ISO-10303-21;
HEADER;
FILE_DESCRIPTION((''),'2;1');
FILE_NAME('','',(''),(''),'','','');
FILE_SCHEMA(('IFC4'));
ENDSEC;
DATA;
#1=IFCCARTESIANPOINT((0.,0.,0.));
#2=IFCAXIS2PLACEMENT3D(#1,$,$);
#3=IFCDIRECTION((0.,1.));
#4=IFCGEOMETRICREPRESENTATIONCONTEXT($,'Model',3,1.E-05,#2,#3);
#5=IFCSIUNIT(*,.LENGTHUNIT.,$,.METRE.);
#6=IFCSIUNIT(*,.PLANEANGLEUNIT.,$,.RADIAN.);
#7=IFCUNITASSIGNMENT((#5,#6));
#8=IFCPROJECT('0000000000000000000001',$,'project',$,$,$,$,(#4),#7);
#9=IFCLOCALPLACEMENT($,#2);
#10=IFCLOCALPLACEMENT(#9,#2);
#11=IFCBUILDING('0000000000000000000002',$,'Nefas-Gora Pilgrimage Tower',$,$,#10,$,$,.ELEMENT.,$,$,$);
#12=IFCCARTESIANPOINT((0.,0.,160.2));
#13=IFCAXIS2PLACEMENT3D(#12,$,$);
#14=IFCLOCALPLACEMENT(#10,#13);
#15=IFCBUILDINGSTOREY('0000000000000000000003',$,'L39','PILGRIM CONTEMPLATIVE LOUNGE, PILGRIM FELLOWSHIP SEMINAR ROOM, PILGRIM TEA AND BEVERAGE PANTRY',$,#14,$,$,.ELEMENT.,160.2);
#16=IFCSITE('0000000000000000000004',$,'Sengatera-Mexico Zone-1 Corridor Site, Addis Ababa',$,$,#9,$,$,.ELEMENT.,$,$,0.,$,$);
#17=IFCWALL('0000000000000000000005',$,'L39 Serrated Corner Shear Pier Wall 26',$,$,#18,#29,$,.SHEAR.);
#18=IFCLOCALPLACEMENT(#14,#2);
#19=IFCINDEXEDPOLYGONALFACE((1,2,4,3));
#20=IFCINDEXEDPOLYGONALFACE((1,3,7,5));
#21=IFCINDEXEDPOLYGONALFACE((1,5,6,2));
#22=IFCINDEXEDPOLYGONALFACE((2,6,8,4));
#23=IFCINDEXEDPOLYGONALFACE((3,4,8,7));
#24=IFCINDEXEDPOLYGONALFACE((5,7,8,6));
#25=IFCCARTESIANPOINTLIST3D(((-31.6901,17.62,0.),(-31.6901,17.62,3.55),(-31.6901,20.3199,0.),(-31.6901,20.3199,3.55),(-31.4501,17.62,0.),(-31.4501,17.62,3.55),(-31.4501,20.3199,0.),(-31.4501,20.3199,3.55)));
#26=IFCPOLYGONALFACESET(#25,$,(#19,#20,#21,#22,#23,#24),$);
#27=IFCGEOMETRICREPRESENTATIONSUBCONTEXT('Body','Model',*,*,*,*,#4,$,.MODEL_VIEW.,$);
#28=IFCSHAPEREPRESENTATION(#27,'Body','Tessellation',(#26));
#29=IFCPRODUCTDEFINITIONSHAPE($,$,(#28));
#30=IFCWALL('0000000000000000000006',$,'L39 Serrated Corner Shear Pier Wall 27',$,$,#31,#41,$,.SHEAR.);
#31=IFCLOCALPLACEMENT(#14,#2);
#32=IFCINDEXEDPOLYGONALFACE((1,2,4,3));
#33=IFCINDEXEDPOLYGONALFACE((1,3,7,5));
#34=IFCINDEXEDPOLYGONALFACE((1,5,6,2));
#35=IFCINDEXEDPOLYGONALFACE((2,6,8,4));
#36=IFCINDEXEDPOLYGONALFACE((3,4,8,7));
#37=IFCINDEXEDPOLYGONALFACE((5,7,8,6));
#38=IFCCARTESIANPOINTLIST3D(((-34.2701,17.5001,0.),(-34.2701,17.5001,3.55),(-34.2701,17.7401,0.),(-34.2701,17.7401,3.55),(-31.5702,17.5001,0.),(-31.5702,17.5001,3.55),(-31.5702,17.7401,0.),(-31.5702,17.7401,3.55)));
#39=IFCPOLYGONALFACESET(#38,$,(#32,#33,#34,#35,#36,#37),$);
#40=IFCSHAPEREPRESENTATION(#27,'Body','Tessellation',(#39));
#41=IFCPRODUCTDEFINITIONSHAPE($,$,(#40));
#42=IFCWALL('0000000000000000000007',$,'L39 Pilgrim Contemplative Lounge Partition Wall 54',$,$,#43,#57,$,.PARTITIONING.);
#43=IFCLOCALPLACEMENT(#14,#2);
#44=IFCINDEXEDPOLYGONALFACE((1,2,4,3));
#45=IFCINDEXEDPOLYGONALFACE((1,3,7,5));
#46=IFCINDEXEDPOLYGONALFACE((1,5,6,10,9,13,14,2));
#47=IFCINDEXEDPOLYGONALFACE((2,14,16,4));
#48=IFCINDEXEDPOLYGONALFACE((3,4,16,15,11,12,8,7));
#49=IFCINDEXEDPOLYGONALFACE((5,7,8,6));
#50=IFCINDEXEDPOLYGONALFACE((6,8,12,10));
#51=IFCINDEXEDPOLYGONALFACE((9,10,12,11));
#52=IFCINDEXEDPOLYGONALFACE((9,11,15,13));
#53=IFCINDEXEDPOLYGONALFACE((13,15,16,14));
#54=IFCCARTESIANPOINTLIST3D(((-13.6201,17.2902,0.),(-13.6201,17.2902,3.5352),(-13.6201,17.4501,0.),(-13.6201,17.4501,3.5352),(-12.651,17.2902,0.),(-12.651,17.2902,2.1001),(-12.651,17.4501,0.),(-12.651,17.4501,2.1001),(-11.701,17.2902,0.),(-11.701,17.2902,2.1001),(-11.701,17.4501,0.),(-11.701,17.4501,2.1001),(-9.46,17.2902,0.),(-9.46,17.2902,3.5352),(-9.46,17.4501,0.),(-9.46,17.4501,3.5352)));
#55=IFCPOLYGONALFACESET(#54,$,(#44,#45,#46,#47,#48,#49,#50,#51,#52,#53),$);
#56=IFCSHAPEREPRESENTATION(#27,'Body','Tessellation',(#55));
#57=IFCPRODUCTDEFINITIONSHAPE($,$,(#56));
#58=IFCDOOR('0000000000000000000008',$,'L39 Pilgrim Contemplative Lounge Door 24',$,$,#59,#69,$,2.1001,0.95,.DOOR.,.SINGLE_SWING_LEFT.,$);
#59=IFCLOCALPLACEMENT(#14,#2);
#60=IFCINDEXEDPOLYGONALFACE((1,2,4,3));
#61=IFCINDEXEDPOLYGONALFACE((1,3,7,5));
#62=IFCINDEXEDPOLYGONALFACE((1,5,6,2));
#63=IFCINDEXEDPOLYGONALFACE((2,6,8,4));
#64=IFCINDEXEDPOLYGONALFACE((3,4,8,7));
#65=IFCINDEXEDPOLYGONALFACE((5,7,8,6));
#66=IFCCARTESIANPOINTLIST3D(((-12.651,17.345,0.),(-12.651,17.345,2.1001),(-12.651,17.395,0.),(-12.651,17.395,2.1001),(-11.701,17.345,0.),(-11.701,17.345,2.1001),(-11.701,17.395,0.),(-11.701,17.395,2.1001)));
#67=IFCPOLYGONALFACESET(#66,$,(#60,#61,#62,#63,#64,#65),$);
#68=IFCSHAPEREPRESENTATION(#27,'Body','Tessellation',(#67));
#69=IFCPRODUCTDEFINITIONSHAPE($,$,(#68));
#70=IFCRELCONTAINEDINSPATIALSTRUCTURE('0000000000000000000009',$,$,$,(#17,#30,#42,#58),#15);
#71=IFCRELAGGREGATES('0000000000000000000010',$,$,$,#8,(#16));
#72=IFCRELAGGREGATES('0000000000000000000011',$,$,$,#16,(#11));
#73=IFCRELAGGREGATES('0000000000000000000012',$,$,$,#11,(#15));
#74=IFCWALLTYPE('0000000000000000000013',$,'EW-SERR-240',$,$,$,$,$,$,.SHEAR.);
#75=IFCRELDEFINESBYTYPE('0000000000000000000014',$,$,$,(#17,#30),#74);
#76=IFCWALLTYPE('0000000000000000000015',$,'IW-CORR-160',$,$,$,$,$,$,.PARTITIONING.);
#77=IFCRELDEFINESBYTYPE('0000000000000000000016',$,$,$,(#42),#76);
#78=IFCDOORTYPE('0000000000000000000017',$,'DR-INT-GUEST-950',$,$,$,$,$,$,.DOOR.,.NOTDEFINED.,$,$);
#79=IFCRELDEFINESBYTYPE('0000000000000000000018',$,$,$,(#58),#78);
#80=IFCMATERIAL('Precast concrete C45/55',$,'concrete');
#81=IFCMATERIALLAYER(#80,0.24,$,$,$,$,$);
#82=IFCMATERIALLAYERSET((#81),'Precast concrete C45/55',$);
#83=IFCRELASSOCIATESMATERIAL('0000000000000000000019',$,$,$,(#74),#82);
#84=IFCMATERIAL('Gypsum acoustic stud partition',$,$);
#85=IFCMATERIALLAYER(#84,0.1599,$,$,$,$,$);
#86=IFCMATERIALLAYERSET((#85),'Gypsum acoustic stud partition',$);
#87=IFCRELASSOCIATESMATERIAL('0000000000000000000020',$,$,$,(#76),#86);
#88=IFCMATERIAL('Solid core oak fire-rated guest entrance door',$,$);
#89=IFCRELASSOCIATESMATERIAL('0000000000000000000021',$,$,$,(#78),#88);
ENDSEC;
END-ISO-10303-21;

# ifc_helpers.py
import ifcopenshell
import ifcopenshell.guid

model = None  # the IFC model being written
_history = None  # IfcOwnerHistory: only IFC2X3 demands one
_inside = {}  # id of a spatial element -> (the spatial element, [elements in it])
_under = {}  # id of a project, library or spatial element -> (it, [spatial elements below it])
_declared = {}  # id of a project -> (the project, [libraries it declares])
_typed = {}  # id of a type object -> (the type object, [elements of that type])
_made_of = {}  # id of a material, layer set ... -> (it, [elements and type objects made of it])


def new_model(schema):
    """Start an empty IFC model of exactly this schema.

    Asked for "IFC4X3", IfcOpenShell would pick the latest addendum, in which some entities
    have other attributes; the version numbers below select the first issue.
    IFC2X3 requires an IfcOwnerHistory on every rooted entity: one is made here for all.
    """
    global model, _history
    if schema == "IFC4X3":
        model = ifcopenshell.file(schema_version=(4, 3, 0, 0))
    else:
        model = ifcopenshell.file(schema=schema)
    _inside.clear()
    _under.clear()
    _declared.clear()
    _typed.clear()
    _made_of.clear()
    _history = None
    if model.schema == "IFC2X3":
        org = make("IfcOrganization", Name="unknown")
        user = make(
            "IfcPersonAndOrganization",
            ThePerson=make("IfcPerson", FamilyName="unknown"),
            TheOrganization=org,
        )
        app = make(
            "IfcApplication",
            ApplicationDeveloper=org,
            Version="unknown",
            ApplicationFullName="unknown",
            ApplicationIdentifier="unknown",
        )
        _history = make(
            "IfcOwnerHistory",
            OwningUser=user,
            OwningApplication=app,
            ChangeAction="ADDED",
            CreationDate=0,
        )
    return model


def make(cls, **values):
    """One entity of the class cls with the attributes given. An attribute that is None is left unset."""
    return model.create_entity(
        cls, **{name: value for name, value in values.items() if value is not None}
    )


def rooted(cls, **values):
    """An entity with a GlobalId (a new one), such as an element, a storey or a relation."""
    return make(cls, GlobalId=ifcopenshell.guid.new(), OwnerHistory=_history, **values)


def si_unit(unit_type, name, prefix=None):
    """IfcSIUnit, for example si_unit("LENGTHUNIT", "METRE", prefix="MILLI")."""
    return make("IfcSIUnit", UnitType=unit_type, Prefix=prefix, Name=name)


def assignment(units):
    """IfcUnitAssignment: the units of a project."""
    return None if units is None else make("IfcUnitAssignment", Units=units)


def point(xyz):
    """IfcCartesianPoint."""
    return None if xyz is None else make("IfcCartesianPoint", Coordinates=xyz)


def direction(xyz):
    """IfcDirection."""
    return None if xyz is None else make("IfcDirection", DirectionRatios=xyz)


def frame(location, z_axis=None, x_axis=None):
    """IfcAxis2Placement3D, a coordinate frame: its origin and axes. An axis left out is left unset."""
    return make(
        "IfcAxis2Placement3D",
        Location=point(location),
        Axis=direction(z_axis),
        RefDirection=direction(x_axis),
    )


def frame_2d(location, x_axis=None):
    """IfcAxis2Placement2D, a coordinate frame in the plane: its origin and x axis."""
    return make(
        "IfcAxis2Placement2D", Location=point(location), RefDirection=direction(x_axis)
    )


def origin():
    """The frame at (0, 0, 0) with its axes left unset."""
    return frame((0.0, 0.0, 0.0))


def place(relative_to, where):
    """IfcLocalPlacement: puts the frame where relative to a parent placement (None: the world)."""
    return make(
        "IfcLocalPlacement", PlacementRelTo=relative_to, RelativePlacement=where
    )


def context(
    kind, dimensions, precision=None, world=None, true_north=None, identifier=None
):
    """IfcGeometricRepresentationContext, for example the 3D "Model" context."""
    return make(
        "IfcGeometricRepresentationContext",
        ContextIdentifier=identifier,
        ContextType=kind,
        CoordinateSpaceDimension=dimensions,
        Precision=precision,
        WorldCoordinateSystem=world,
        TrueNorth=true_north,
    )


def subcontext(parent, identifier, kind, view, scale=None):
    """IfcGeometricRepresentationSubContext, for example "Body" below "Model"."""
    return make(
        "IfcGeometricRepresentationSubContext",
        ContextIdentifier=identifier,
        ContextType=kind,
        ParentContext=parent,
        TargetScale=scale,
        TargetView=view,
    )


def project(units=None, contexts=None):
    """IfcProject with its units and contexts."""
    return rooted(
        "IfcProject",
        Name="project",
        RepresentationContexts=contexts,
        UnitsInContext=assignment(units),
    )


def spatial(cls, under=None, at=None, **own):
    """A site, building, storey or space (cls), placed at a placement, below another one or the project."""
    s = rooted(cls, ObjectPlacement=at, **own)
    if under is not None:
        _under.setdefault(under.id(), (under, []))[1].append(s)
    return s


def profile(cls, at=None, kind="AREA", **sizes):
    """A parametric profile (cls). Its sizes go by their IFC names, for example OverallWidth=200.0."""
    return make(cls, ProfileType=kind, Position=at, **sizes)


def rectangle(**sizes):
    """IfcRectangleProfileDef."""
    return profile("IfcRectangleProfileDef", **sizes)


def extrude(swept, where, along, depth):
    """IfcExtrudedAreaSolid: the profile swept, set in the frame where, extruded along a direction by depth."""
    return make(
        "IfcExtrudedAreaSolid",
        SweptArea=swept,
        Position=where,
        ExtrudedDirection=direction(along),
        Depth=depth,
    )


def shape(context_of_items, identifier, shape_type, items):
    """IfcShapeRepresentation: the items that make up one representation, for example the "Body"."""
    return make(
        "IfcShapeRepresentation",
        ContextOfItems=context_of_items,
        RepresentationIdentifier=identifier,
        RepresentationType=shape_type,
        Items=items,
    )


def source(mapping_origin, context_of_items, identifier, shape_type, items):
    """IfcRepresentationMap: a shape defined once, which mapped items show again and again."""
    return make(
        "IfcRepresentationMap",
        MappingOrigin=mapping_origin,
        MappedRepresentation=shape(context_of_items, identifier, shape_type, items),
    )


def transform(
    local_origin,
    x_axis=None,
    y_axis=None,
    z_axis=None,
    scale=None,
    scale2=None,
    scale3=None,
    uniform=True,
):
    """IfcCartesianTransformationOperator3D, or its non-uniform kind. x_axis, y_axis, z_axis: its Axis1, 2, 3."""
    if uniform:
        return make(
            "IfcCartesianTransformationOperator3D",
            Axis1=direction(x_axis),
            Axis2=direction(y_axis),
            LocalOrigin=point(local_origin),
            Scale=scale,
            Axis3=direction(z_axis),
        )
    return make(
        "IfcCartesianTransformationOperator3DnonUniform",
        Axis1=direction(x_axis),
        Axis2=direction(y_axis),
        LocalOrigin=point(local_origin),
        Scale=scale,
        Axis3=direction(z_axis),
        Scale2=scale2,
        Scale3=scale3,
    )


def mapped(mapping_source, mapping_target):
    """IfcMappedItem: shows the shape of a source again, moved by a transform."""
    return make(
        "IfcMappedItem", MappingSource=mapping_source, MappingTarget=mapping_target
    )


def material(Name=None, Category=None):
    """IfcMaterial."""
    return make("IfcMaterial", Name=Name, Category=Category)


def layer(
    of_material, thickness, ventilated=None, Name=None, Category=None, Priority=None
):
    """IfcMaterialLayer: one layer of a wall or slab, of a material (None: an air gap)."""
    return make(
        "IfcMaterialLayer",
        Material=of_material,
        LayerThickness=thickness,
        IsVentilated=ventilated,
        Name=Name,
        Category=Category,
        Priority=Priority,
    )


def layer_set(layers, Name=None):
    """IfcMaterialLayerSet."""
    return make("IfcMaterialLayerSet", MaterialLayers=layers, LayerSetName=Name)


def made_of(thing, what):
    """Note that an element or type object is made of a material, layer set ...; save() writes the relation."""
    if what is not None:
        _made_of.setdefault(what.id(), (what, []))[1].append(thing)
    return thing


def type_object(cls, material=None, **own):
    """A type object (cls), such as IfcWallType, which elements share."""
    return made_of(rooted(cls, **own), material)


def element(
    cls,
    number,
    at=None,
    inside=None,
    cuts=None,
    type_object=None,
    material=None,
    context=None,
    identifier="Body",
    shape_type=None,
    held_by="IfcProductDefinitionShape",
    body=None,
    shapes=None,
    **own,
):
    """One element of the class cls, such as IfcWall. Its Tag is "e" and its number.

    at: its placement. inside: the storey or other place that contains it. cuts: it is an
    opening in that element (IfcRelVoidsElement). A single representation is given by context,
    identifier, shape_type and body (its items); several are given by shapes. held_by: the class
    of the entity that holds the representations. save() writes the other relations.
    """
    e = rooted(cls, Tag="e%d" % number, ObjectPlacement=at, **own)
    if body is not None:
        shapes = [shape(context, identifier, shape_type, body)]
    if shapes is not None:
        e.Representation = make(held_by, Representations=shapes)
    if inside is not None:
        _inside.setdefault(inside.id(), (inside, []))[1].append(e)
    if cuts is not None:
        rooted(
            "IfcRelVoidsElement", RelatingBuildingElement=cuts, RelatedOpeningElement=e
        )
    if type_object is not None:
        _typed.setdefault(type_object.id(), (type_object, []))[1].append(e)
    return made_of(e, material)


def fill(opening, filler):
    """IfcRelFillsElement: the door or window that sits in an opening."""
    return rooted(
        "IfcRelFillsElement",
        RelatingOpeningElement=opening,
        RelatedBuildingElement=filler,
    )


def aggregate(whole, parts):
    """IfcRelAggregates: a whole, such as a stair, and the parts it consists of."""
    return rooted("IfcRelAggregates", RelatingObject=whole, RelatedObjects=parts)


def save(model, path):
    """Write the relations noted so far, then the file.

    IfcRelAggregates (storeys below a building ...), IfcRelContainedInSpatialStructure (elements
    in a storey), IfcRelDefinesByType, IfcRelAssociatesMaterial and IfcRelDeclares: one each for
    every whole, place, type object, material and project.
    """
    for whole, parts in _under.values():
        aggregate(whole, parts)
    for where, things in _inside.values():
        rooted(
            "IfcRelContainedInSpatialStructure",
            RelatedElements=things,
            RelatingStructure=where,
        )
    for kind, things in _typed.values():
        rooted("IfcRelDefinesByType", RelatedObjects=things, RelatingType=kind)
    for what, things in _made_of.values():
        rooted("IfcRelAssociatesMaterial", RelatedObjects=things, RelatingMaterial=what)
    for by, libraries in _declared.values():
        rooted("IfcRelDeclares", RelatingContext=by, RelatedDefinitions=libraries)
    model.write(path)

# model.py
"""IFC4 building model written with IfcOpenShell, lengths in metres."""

from ifc_helpers import new_model, si_unit, direction, frame, frame_2d, origin, place, context, subcontext, project, spatial, rectangle, extrude, source, transform, mapped, material, layer, layer_set, type_object, element, fill, save


model = new_model("IFC4")

# Units and contexts
model_context = context("Model", 3, precision=1e-05, world=origin(), true_north=direction((0.0, 1.0)))
body_context = subcontext(model_context, "Body", "Model", "MODEL_VIEW")
ifc_project = project(units=[si_unit("LENGTHUNIT", "METRE"), si_unit("PLANEANGLEUNIT", "RADIAN")], contexts=[model_context])

# Site, building, storey
site_placement = place(None, origin())
site = spatial("IfcSite", under=ifc_project, at=site_placement, Name="Sengatera-Mexico Zone-1 Corridor Site, Addis Ababa", CompositionType="ELEMENT", RefElevation=0.0)
building_placement = place(site_placement, origin())
building = spatial("IfcBuilding", under=site, at=building_placement, Name="Nefas-Gora Pilgrimage Tower", CompositionType="ELEMENT")
storey_placement = place(building_placement, frame((0.0, 0.0, 160.2)))
storey = spatial("IfcBuildingStorey", under=building, at=storey_placement, Name="L39", Description="PILGRIM CONTEMPLATIVE LOUNGE, PILGRIM FELLOWSHIP SEMINAR ROOM, PILGRIM TEA AND BEVERAGE PANTRY", CompositionType="ELEMENT", Elevation=160.2)

# Shared definitions
ifc_material_1 = material(Name="Precast concrete C45/55", Category="concrete")
ifc_layer_1 = layer(ifc_material_1, 0.24)
ifc_layer_set_1 = layer_set([ifc_layer_1], Name="Precast concrete C45/55")
wall_type_1 = type_object("IfcWallType", Name="EW-SERR-240", PredefinedType="SHEAR", material=ifc_layer_set_1)
shared_shape_1 = source(origin(), body_context, "Body", "SweptSolid", [
    extrude(rectangle(XDim=2.7, YDim=0.24, at=frame_2d((1.3501, 0.0))), origin(), (0.0, 0.0, 1.0), 3.55),
])

# Walls
for number, where, z_axis, x_axis, name in (
    (1, (-31.5701, 20.3201, 0.0), (0.0, 0.0, 1.0), (0.0, -1.0, 0.0), "L39 Serrated Corner Shear Pier Wall 26"),
    (2, (-31.5701, 17.6201, 0.0), (0.0, 0.0, 1.0), (-1.0, 0.0, 0.0), "L39 Serrated Corner Shear Pier Wall 27"),
):
    element("IfcWall", number, at=place(storey_placement, frame(where, z_axis=z_axis, x_axis=x_axis)), inside=storey, type_object=wall_type_1, Name=name, PredefinedType="SHEAR", context=body_context, shape_type="MappedRepresentation", body=[
        mapped(shared_shape_1, transform((0.0, 0.0, 0.0), x_axis=(1.0, 0.0, 0.0), y_axis=(0.0, 1.0, 0.0), z_axis=(0.0, 0.0, 1.0), scale=1.0)),
    ])

# Wall, opening, door
ifc_material_2 = material(Name="Gypsum acoustic stud partition")
ifc_layer_2 = layer(ifc_material_2, 0.1599)
ifc_layer_set_2 = layer_set([ifc_layer_2], Name="Gypsum acoustic stud partition")
wall_type_2 = type_object("IfcWallType", Name="IW-CORR-160", PredefinedType="PARTITIONING", material=ifc_layer_set_2)
shared_shape_2 = source(origin(), body_context, "Body", "SweptSolid", [
    extrude(rectangle(XDim=4.1602, YDim=0.1599, at=frame_2d((2.0801, 0.0))), origin(), (0.0, 0.0, 1.0), 3.5352),
])
wall_1_placement = place(storey_placement, frame((-13.6201, 17.3701, 0.0), z_axis=(0.0, 0.0, 1.0), x_axis=(1.0, 0.0, 0.0)))
wall_1 = element("IfcWall", 3, at=wall_1_placement, inside=storey, type_object=wall_type_2, Name="L39 Pilgrim Contemplative Lounge Partition Wall 54", PredefinedType="PARTITIONING", context=body_context, shape_type="MappedRepresentation", body=[
    mapped(shared_shape_2, transform((0.0, 0.0, 0.0), x_axis=(1.0, 0.0, 0.0), y_axis=(0.0, 1.0, 0.0), z_axis=(0.0, 0.0, 1.0), scale=1.0)),
])
opening_1_placement = place(wall_1_placement, frame((0.969, 0.0, 0.0)))
opening_1 = element("IfcOpeningElement", 4, at=opening_1_placement, cuts=wall_1, PredefinedType="OPENING", context=body_context, shape_type="SweptSolid", body=[
    extrude(rectangle(XDim=0.95, YDim=2.1001, at=frame_2d((0.4751, 1.05))), frame((0.0, 0.0898, 0.0), z_axis=(0.0, -1.0, 0.0), x_axis=(1.0, 0.0, 0.0)), (0.0, 0.0, 1.0), 0.1799),
])
ifc_material_3 = material(Name="Solid core oak fire-rated guest entrance door")
door_type = type_object("IfcDoorType", Name="DR-INT-GUEST-950", OperationType="NOTDEFINED", PredefinedType="DOOR", material=ifc_material_3)
shared_shape_3 = source(origin(), body_context, "Body", "SweptSolid", [
    extrude(rectangle(XDim=0.95, YDim=2.1001, at=frame_2d((0.4751, 1.05))), frame((0.0, 0.0249, 0.0), z_axis=(0.0, -1.0, 0.0), x_axis=(1.0, 0.0, 0.0)), (0.0, 0.0, 1.0), 0.05),
])
door_placement = place(opening_1_placement, origin())
door = element("IfcDoor", 5, at=door_placement, inside=storey, type_object=door_type, Name="L39 Pilgrim Contemplative Lounge Door 24", OperationType="SINGLE_SWING_LEFT", OverallHeight=2.1001, OverallWidth=0.95, PredefinedType="DOOR", context=body_context, shape_type="MappedRepresentation", body=[
    mapped(shared_shape_3, transform((0.0, 0.0, 0.0), x_axis=(1.0, 0.0, 0.0), y_axis=(0.0, 1.0, 0.0), z_axis=(0.0, 0.0, 1.0), scale=1.0)),
])
fill(opening_1, door)

save(model, "model.ifc")
